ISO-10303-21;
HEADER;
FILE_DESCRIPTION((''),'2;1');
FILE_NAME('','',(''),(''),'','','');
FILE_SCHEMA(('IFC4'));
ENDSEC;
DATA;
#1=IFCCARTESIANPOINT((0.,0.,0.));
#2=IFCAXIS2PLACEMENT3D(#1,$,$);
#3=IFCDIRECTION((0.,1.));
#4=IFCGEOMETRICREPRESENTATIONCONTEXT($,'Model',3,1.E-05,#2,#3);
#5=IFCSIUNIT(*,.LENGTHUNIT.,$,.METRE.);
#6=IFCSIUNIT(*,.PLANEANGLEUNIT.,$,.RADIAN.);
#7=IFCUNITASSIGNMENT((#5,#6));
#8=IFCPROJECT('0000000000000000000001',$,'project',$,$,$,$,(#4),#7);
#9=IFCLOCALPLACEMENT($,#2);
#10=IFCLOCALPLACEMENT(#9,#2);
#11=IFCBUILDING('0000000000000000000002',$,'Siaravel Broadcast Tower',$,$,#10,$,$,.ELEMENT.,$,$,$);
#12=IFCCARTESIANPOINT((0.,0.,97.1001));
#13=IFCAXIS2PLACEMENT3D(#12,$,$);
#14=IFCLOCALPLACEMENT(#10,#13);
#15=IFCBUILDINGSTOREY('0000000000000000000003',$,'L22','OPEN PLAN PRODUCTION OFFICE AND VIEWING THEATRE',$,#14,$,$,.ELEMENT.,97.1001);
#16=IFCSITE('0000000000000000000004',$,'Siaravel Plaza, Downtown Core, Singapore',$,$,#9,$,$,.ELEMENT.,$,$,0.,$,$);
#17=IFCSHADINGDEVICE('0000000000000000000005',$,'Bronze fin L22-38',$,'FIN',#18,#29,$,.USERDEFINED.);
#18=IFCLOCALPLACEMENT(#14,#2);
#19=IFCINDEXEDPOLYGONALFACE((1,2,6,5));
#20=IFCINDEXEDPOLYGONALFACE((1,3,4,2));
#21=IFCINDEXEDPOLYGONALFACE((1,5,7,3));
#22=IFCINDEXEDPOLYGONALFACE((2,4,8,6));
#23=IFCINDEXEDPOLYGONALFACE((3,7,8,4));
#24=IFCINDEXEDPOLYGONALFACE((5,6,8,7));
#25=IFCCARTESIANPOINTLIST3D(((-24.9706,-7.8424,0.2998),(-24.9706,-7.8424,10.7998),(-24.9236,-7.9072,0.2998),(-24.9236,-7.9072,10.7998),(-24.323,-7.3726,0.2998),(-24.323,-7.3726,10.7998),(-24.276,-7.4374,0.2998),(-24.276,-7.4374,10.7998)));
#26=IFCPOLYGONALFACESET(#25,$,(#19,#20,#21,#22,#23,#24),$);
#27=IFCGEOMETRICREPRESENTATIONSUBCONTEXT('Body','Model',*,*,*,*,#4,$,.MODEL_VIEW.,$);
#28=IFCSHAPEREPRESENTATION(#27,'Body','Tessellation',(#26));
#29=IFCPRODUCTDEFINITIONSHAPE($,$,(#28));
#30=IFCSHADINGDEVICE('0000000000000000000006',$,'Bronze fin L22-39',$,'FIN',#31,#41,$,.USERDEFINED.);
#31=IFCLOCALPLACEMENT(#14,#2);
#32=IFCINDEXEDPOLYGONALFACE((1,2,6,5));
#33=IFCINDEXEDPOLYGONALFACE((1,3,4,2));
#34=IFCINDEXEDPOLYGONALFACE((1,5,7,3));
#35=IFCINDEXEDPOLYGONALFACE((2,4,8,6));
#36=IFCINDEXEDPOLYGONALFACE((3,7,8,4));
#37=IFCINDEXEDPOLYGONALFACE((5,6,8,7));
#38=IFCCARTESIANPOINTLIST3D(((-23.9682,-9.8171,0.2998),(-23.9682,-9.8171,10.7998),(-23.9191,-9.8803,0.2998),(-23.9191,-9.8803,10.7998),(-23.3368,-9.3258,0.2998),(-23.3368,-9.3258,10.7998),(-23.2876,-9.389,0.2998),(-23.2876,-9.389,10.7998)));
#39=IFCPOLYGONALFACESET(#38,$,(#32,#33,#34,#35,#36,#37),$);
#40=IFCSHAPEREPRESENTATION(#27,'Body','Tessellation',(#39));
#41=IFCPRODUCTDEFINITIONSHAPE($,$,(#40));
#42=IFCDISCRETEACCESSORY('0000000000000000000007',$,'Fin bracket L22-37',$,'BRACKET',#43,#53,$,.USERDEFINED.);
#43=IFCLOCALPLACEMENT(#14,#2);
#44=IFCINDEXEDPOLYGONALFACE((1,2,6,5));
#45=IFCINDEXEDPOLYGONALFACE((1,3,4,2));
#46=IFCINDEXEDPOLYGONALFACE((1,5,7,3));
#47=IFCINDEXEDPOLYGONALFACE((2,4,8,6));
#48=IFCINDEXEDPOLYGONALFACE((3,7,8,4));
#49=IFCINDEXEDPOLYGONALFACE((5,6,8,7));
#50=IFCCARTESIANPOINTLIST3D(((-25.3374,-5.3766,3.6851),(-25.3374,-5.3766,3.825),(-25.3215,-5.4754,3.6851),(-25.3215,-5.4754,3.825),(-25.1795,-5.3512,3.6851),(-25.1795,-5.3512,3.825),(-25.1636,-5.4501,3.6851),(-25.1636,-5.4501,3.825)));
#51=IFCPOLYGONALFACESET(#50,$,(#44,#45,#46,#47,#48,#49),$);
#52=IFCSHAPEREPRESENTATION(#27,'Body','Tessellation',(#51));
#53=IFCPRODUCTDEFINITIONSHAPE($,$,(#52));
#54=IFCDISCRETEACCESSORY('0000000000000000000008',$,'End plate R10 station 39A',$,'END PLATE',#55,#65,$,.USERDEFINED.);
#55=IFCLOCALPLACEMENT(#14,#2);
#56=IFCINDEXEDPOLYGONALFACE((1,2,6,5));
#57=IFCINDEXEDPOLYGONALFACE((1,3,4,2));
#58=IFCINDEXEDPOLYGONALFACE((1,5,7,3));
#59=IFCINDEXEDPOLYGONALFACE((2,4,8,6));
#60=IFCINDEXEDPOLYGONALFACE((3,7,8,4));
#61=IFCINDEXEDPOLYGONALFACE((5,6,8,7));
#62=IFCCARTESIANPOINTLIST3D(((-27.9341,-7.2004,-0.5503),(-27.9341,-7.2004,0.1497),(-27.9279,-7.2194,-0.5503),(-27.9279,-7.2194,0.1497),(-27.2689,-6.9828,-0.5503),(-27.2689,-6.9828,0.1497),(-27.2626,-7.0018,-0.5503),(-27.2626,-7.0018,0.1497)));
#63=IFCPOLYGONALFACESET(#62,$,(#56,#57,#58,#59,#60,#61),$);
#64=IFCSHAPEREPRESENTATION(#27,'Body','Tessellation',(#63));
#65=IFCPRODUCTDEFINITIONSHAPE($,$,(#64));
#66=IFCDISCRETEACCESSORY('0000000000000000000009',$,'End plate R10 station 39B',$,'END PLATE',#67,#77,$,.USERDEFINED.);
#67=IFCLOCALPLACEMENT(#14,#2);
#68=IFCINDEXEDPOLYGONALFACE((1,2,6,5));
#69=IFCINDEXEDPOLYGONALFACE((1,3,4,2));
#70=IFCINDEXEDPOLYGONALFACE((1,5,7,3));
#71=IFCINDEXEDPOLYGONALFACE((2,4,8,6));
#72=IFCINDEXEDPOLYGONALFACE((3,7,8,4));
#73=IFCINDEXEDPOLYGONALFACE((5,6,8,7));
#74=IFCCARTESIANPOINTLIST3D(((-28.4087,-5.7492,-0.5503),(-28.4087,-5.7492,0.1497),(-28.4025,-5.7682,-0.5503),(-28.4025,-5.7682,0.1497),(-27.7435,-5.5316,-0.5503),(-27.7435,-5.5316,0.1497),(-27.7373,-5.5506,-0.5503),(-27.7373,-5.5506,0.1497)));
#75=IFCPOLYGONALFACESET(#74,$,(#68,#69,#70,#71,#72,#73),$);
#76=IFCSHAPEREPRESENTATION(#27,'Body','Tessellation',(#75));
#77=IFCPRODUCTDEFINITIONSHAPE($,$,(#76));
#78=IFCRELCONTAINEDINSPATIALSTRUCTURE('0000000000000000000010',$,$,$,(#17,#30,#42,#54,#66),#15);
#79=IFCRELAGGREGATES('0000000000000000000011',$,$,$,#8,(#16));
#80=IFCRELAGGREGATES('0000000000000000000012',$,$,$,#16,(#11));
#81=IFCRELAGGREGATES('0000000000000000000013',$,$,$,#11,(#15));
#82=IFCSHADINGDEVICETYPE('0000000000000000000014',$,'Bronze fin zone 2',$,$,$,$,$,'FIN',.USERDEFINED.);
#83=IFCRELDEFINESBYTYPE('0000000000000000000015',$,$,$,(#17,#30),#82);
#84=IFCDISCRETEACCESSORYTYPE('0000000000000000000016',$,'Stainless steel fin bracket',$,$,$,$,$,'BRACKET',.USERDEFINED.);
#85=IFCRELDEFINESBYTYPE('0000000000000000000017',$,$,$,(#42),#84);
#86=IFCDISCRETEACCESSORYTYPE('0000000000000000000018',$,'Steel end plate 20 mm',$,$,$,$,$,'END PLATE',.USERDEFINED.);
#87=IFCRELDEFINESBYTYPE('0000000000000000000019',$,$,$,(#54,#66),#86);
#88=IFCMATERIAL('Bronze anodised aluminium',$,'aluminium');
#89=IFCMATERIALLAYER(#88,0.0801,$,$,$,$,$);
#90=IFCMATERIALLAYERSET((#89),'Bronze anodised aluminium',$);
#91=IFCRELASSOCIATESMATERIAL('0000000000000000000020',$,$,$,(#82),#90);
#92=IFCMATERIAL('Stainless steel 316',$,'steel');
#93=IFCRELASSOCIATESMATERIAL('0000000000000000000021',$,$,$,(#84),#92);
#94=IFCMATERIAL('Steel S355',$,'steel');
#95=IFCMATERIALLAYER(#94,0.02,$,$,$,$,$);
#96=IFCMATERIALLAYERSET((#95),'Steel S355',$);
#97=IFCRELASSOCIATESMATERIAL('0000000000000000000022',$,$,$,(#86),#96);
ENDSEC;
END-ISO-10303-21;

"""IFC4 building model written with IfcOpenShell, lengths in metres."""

from ifc_helpers import new_model, si_unit, direction, frame, origin, origin_2d, place, context, subcontext, project, spatial, rectangle, extrude, material, layer, layer_set, type_object, element, save


model = new_model("IFC4")

# Units and contexts
model_context = context("Model", 3, precision=1e-05, world=origin(), true_north=direction((0.0, 1.0)))
body_context = subcontext(model_context, "Body", "Model", "MODEL_VIEW")
ifc_project = project(units=[si_unit("LENGTHUNIT", "METRE"), si_unit("PLANEANGLEUNIT", "RADIAN")], contexts=[model_context])

# Site, building, storey
site_placement = place(None, origin())
site = spatial("IfcSite", under=ifc_project, at=site_placement, Name="Siaravel Plaza, Downtown Core, Singapore", CompositionType="ELEMENT", RefElevation=0.0)
building_placement = place(site_placement, origin())
building = spatial("IfcBuilding", under=site, at=building_placement, Name="Siaravel Broadcast Tower", CompositionType="ELEMENT")
storey_placement = place(building_placement, frame((0.0, 0.0, 97.1001)))
storey = spatial("IfcBuildingStorey", under=building, at=storey_placement, Name="L22", Description="OPEN PLAN PRODUCTION OFFICE AND VIEWING THEATRE", CompositionType="ELEMENT", Elevation=97.1001)

# Shared definitions
ifc_material_1 = material(Name="Steel S355", Category="steel")

# Shading devices
ifc_material_2 = material(Name="Bronze anodised aluminium", Category="aluminium")
ifc_layer_1 = layer(ifc_material_2, 0.0801)
ifc_layer_set_1 = layer_set([ifc_layer_1], Name="Bronze anodised aluminium")
shading_device_type = type_object("IfcShadingDeviceType", Name="Bronze fin zone 2", ElementType="FIN", PredefinedType="USERDEFINED", material=ifc_layer_set_1)
for number, where, z_axis, x_axis, name in (
    (1, (-24.6233, -7.6399, 0.2998), (0.0, 0.0, 1.0), (-0.809425, -0.587223, 0.0), "Bronze fin L22-38"),
    (2, (-23.6279, -9.603, 0.2998), (0.0, 0.0, 1.0), (-0.789268, -0.614048, 0.0), "Bronze fin L22-39"),
):
    element("IfcShadingDevice", number, at=place(storey_placement, frame(where, z_axis=z_axis, x_axis=x_axis)), inside=storey, type_object=shading_device_type, Name=name, ObjectType="FIN", PredefinedType="USERDEFINED", context=body_context, shape_type="SweptSolid", body=[
        extrude(rectangle(XDim=0.8, YDim=0.0801, at=origin_2d()), origin(), (0.0, 0.0, 1.0), 10.5),
    ])

# Discrete accessories
ifc_material_3 = material(Name="Stainless steel 316", Category="steel")
discrete_accessory_type_1 = type_object("IfcDiscreteAccessoryType", Name="Stainless steel fin bracket", ElementType="BRACKET", PredefinedType="USERDEFINED", material=ifc_material_3)
discrete_accessory_placement = place(storey_placement, frame((-25.2505, -5.4133, 3.6851), z_axis=(0.0, 0.0, 1.0), x_axis=(-0.987329, -0.158685, 0.0)))
element("IfcDiscreteAccessory", 3, at=discrete_accessory_placement, inside=storey, type_object=discrete_accessory_type_1, Name="Fin bracket L22-37", ObjectType="BRACKET", PredefinedType="USERDEFINED", context=body_context, shape_type="SweptSolid", body=[
    extrude(rectangle(XDim=0.1599, YDim=0.1001, at=origin_2d()), origin(), (0.0, 0.0, 1.0), 0.1399),
])
ifc_layer_2 = layer(ifc_material_1, 0.02)
ifc_layer_set_2 = layer_set([ifc_layer_2], Name="Steel S355")
discrete_accessory_type_2 = type_object("IfcDiscreteAccessoryType", Name="Steel end plate 20 mm", ElementType="END PLATE", PredefinedType="USERDEFINED", material=ifc_layer_set_2)
for number, where, z_axis, x_axis, name in (
    (4, (-27.5984, -7.1011, -0.5503), (0.0, 0.0, 1.0), (0.310909, -0.95044, 0.0), "End plate R10 station 39A"),
    (5, (-28.073, -5.6499, -0.5503), (0.0, 0.0, 1.0), (0.310909, -0.95044, 0.0), "End plate R10 station 39B"),
):
    element("IfcDiscreteAccessory", number, at=place(storey_placement, frame(where, z_axis=z_axis, x_axis=x_axis)), inside=storey, type_object=discrete_accessory_type_2, Name=name, ObjectType="END PLATE", PredefinedType="USERDEFINED", context=body_context, shape_type="SweptSolid", body=[
        extrude(rectangle(XDim=0.02, YDim=0.7, at=origin_2d()), origin(), (0.0, 0.0, 1.0), 0.7),
    ])

save(model, "model.ifc")
